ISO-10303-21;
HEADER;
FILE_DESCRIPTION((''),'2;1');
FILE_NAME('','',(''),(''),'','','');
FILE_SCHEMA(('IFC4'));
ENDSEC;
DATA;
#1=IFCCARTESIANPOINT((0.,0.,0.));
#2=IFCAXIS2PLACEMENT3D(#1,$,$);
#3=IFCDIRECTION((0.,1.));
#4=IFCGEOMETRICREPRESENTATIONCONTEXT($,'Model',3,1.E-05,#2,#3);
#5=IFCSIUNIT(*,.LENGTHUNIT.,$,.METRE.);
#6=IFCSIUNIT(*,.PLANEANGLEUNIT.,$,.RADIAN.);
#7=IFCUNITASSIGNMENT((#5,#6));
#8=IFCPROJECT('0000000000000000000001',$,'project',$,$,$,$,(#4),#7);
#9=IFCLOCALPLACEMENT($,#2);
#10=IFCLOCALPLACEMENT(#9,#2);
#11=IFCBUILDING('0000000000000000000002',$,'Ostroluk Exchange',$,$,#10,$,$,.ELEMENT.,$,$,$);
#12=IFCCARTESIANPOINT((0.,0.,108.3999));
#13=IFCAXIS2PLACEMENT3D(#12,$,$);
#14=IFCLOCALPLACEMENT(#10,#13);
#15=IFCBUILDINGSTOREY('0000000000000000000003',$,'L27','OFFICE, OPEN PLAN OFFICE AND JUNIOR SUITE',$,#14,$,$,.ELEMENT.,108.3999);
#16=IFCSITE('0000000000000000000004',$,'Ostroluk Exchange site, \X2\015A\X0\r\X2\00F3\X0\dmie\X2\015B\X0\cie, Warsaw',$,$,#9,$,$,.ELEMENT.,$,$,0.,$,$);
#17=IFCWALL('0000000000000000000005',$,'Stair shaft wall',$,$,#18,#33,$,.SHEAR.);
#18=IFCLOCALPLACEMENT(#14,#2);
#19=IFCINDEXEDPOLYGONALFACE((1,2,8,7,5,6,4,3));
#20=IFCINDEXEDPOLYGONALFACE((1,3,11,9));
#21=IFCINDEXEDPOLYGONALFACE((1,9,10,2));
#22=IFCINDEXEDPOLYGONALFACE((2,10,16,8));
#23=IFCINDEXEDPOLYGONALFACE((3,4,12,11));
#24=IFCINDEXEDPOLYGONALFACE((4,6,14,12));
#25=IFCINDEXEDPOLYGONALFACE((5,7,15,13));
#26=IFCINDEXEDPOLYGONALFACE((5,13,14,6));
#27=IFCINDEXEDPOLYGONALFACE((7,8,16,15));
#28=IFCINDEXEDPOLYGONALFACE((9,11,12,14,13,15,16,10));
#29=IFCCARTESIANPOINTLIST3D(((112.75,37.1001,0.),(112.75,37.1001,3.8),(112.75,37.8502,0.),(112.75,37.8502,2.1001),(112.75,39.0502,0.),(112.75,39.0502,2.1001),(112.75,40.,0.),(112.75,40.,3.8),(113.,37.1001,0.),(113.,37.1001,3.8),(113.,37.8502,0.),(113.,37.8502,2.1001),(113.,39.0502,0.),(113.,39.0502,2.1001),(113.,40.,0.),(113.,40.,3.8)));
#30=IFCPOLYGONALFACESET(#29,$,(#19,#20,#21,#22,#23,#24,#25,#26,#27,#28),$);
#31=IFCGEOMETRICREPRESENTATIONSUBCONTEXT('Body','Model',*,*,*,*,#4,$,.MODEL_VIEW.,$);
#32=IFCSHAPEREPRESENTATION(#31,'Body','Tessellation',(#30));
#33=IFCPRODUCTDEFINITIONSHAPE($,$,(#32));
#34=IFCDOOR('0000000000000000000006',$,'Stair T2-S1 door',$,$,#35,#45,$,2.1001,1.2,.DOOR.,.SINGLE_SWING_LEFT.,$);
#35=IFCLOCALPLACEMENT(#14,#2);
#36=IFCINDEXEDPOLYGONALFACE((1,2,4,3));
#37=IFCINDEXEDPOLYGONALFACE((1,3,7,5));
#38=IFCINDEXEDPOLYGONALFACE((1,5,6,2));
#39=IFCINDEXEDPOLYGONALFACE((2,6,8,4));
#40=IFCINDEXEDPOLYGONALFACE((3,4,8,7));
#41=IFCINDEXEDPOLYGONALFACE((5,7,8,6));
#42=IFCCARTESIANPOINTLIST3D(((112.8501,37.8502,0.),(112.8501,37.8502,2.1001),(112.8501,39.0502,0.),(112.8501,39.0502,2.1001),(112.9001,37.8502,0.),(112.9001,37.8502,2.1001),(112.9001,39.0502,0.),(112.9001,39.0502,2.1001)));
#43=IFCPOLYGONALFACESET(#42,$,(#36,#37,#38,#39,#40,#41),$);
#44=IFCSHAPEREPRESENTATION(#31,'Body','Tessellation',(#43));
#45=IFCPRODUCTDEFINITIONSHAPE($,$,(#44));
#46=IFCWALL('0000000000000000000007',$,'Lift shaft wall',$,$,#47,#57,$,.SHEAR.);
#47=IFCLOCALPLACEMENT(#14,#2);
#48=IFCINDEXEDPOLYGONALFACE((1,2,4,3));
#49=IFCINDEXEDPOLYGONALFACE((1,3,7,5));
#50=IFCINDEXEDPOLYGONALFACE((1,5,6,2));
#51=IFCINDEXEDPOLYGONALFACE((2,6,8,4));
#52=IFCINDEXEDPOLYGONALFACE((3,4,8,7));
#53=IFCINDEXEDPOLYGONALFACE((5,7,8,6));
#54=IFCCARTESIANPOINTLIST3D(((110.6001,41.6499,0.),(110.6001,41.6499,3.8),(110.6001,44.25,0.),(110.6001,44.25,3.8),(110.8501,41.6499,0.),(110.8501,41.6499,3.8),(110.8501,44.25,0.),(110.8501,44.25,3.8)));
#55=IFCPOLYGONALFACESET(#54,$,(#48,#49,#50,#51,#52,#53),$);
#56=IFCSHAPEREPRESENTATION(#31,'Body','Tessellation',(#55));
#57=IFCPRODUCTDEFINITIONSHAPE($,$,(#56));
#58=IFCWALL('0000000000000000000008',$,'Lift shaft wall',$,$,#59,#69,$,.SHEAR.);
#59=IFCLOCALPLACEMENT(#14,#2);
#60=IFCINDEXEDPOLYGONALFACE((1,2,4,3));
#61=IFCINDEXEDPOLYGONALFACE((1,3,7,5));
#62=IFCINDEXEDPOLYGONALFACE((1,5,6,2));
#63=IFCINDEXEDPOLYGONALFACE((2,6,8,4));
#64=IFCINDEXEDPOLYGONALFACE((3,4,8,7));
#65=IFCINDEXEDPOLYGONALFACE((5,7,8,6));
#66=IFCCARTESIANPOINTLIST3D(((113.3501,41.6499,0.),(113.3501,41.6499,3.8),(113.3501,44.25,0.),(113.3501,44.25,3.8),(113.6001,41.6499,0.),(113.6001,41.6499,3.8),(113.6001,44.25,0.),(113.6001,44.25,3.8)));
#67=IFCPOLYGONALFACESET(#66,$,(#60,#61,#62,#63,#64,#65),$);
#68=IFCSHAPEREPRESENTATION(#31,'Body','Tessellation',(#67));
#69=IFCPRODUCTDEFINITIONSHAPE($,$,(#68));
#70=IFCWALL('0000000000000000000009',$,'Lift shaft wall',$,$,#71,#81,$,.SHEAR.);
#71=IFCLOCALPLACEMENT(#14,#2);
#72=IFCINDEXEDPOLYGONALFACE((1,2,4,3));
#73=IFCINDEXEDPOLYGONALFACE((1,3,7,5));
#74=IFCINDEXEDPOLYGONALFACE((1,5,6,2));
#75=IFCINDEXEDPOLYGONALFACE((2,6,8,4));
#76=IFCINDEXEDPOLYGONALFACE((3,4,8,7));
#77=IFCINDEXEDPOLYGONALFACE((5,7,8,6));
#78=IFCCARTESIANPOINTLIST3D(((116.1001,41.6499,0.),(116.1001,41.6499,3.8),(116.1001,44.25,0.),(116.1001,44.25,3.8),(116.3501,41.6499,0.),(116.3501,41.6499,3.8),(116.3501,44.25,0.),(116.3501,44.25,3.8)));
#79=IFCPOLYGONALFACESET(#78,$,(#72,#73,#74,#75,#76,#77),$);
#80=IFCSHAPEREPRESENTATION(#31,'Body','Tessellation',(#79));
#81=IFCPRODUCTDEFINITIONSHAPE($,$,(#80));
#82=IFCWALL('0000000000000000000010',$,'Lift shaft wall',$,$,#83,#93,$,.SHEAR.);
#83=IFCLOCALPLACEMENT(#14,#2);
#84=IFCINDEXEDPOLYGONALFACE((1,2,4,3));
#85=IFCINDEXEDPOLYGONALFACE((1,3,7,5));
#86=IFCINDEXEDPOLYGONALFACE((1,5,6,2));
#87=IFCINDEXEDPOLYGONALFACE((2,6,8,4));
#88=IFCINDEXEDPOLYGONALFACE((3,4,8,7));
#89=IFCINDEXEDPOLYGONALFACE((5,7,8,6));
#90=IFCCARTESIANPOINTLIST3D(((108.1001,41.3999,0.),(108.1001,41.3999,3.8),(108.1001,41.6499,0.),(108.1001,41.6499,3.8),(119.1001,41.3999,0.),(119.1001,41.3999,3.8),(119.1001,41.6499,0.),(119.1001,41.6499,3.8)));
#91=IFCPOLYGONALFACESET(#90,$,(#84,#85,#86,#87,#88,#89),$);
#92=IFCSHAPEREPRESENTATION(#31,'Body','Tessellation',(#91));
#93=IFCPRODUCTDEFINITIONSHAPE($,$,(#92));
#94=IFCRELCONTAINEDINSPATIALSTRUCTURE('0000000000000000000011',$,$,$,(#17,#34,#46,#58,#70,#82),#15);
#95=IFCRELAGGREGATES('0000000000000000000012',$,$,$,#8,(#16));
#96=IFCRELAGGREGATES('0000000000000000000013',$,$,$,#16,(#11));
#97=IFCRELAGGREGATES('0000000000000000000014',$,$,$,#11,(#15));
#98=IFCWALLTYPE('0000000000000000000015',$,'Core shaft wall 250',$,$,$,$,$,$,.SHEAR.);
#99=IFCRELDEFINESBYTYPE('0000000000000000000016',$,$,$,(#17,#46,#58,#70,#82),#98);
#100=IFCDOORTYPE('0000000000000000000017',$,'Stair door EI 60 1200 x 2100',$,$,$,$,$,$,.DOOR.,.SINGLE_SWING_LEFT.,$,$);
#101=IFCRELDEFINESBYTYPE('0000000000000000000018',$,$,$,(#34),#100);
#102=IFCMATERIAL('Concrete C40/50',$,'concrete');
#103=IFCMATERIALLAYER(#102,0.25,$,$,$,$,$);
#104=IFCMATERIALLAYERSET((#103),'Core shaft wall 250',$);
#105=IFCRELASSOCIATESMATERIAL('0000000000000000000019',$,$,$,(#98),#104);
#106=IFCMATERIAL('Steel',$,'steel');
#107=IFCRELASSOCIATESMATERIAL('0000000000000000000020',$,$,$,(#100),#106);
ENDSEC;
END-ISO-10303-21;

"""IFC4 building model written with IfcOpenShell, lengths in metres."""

from ifc_helpers import new_model, si_unit, direction, frame, frame_2d, origin, place, context, subcontext, project, spatial, rectangle, extrude, material, layer, layer_set, type_object, element, fill, save


model = new_model("IFC4")

# Units and contexts
model_context = context("Model", 3, precision=1e-05, world=origin(), true_north=direction((0.0, 1.0)))
body_context = subcontext(model_context, "Body", "Model", "MODEL_VIEW")
ifc_project = project(units=[si_unit("LENGTHUNIT", "METRE"), si_unit("PLANEANGLEUNIT", "RADIAN")], contexts=[model_context])

# Site, building, storey
site_placement = place(None, origin())
site = spatial("IfcSite", under=ifc_project, at=site_placement, Name="Ostroluk Exchange site, Śródmieście, Warsaw", CompositionType="ELEMENT", RefElevation=0.0)
building_placement = place(site_placement, origin())
building = spatial("IfcBuilding", under=site, at=building_placement, Name="Ostroluk Exchange", CompositionType="ELEMENT")
storey_placement = place(building_placement, frame((0.0, 0.0, 108.3999)))
storey = spatial("IfcBuildingStorey", under=building, at=storey_placement, Name="L27", Description="OFFICE, OPEN PLAN OFFICE AND JUNIOR SUITE", CompositionType="ELEMENT", Elevation=108.3999)

# Wall, opening, door
ifc_material_1 = material(Name="Concrete C40/50", Category="concrete")
ifc_layer_1 = layer(ifc_material_1, 0.25)
ifc_layer_set_1 = layer_set([ifc_layer_1], Name="Core shaft wall 250")
wall_type_1 = type_object("IfcWallType", Name="Core shaft wall 250", PredefinedType="SHEAR", material=ifc_layer_set_1)
wall_1_placement = place(storey_placement, frame((112.875, 37.1001, 0.0), z_axis=(0.0, 0.0, 1.0), x_axis=(0.0, 1.0, 0.0)))
wall_1 = element("IfcWall", 1, at=wall_1_placement, inside=storey, type_object=wall_type_1, Name="Stair shaft wall", PredefinedType="SHEAR", context=body_context, shape_type="SweptSolid", body=[
    extrude(rectangle(XDim=2.8999, YDim=0.25, at=frame_2d((1.45, 0.0))), origin(), (0.0, 0.0, 1.0), 3.8),
])
opening_1_placement = place(wall_1_placement, frame((0.75, 0.0, 0.0)))
opening_1 = element("IfcOpeningElement", 2, at=opening_1_placement, cuts=wall_1, PredefinedType="OPENING", context=body_context, shape_type="SweptSolid", body=[
    extrude(rectangle(XDim=1.2, YDim=2.1001, at=frame_2d((0.6001, 1.05))), frame((0.0, 0.135, 0.0), z_axis=(0.0, -1.0, 0.0), x_axis=(1.0, 0.0, 0.0)), (0.0, 0.0, 1.0), 0.27),
])
ifc_material_2 = material(Name="Steel", Category="steel")
door_type_1 = type_object("IfcDoorType", Name="Stair door EI 60 1200 x 2100", OperationType="SINGLE_SWING_LEFT", PredefinedType="DOOR", material=ifc_material_2)
door_1_placement = place(opening_1_placement, origin())
door_1 = element("IfcDoor", 3, at=door_1_placement, inside=storey, type_object=door_type_1, Name="Stair T2-S1 door", OperationType="SINGLE_SWING_LEFT", OverallHeight=2.1001, OverallWidth=1.2, PredefinedType="DOOR", context=body_context, shape_type="SweptSolid", body=[
    extrude(rectangle(XDim=1.2, YDim=2.1001, at=frame_2d((0.6001, 1.05))), frame((0.0, 0.0249, 0.0), z_axis=(0.0, -1.0, 0.0), x_axis=(1.0, 0.0, 0.0)), (0.0, 0.0, 1.0), 0.05),
])
fill(opening_1, door_1)

# Walls
for number, where, z_axis, x_axis, name in (
    (4, (110.7251, 44.25, 0.0), (0.0, 0.0, 1.0), (0.0, -1.0, 0.0), "Lift shaft wall"),
    (5, (113.4751, 44.25, 0.0), (0.0, 0.0, 1.0), (0.0, -1.0, 0.0), "Lift shaft wall"),
    (6, (116.2251, 44.25, 0.0), (0.0, 0.0, 1.0), (0.0, -1.0, 0.0), "Lift shaft wall"),
):
    element("IfcWall", number, at=place(storey_placement, frame(where, z_axis=z_axis, x_axis=x_axis)), inside=storey, type_object=wall_type_1, Name=name, PredefinedType="SHEAR", context=body_context, shape_type="SweptSolid", body=[
        extrude(rectangle(XDim=2.6001, YDim=0.25, at=frame_2d((1.3, 0.0))), origin(), (0.0, 0.0, 1.0), 3.8),
    ])
wall_2_placement = place(storey_placement, frame((108.1001, 41.5249, 0.0), z_axis=(0.0, 0.0, 1.0), x_axis=(1.0, 0.0, 0.0)))
element("IfcWall", 7, at=wall_2_placement, inside=storey, type_object=wall_type_1, Name="Lift shaft wall", PredefinedType="SHEAR", context=body_context, shape_type="SweptSolid", body=[
    extrude(rectangle(XDim=11.0, YDim=0.25, at=frame_2d((5.5, 0.0))), origin(), (0.0, 0.0, 1.0), 3.8),
])

save(model, "model.ifc")
